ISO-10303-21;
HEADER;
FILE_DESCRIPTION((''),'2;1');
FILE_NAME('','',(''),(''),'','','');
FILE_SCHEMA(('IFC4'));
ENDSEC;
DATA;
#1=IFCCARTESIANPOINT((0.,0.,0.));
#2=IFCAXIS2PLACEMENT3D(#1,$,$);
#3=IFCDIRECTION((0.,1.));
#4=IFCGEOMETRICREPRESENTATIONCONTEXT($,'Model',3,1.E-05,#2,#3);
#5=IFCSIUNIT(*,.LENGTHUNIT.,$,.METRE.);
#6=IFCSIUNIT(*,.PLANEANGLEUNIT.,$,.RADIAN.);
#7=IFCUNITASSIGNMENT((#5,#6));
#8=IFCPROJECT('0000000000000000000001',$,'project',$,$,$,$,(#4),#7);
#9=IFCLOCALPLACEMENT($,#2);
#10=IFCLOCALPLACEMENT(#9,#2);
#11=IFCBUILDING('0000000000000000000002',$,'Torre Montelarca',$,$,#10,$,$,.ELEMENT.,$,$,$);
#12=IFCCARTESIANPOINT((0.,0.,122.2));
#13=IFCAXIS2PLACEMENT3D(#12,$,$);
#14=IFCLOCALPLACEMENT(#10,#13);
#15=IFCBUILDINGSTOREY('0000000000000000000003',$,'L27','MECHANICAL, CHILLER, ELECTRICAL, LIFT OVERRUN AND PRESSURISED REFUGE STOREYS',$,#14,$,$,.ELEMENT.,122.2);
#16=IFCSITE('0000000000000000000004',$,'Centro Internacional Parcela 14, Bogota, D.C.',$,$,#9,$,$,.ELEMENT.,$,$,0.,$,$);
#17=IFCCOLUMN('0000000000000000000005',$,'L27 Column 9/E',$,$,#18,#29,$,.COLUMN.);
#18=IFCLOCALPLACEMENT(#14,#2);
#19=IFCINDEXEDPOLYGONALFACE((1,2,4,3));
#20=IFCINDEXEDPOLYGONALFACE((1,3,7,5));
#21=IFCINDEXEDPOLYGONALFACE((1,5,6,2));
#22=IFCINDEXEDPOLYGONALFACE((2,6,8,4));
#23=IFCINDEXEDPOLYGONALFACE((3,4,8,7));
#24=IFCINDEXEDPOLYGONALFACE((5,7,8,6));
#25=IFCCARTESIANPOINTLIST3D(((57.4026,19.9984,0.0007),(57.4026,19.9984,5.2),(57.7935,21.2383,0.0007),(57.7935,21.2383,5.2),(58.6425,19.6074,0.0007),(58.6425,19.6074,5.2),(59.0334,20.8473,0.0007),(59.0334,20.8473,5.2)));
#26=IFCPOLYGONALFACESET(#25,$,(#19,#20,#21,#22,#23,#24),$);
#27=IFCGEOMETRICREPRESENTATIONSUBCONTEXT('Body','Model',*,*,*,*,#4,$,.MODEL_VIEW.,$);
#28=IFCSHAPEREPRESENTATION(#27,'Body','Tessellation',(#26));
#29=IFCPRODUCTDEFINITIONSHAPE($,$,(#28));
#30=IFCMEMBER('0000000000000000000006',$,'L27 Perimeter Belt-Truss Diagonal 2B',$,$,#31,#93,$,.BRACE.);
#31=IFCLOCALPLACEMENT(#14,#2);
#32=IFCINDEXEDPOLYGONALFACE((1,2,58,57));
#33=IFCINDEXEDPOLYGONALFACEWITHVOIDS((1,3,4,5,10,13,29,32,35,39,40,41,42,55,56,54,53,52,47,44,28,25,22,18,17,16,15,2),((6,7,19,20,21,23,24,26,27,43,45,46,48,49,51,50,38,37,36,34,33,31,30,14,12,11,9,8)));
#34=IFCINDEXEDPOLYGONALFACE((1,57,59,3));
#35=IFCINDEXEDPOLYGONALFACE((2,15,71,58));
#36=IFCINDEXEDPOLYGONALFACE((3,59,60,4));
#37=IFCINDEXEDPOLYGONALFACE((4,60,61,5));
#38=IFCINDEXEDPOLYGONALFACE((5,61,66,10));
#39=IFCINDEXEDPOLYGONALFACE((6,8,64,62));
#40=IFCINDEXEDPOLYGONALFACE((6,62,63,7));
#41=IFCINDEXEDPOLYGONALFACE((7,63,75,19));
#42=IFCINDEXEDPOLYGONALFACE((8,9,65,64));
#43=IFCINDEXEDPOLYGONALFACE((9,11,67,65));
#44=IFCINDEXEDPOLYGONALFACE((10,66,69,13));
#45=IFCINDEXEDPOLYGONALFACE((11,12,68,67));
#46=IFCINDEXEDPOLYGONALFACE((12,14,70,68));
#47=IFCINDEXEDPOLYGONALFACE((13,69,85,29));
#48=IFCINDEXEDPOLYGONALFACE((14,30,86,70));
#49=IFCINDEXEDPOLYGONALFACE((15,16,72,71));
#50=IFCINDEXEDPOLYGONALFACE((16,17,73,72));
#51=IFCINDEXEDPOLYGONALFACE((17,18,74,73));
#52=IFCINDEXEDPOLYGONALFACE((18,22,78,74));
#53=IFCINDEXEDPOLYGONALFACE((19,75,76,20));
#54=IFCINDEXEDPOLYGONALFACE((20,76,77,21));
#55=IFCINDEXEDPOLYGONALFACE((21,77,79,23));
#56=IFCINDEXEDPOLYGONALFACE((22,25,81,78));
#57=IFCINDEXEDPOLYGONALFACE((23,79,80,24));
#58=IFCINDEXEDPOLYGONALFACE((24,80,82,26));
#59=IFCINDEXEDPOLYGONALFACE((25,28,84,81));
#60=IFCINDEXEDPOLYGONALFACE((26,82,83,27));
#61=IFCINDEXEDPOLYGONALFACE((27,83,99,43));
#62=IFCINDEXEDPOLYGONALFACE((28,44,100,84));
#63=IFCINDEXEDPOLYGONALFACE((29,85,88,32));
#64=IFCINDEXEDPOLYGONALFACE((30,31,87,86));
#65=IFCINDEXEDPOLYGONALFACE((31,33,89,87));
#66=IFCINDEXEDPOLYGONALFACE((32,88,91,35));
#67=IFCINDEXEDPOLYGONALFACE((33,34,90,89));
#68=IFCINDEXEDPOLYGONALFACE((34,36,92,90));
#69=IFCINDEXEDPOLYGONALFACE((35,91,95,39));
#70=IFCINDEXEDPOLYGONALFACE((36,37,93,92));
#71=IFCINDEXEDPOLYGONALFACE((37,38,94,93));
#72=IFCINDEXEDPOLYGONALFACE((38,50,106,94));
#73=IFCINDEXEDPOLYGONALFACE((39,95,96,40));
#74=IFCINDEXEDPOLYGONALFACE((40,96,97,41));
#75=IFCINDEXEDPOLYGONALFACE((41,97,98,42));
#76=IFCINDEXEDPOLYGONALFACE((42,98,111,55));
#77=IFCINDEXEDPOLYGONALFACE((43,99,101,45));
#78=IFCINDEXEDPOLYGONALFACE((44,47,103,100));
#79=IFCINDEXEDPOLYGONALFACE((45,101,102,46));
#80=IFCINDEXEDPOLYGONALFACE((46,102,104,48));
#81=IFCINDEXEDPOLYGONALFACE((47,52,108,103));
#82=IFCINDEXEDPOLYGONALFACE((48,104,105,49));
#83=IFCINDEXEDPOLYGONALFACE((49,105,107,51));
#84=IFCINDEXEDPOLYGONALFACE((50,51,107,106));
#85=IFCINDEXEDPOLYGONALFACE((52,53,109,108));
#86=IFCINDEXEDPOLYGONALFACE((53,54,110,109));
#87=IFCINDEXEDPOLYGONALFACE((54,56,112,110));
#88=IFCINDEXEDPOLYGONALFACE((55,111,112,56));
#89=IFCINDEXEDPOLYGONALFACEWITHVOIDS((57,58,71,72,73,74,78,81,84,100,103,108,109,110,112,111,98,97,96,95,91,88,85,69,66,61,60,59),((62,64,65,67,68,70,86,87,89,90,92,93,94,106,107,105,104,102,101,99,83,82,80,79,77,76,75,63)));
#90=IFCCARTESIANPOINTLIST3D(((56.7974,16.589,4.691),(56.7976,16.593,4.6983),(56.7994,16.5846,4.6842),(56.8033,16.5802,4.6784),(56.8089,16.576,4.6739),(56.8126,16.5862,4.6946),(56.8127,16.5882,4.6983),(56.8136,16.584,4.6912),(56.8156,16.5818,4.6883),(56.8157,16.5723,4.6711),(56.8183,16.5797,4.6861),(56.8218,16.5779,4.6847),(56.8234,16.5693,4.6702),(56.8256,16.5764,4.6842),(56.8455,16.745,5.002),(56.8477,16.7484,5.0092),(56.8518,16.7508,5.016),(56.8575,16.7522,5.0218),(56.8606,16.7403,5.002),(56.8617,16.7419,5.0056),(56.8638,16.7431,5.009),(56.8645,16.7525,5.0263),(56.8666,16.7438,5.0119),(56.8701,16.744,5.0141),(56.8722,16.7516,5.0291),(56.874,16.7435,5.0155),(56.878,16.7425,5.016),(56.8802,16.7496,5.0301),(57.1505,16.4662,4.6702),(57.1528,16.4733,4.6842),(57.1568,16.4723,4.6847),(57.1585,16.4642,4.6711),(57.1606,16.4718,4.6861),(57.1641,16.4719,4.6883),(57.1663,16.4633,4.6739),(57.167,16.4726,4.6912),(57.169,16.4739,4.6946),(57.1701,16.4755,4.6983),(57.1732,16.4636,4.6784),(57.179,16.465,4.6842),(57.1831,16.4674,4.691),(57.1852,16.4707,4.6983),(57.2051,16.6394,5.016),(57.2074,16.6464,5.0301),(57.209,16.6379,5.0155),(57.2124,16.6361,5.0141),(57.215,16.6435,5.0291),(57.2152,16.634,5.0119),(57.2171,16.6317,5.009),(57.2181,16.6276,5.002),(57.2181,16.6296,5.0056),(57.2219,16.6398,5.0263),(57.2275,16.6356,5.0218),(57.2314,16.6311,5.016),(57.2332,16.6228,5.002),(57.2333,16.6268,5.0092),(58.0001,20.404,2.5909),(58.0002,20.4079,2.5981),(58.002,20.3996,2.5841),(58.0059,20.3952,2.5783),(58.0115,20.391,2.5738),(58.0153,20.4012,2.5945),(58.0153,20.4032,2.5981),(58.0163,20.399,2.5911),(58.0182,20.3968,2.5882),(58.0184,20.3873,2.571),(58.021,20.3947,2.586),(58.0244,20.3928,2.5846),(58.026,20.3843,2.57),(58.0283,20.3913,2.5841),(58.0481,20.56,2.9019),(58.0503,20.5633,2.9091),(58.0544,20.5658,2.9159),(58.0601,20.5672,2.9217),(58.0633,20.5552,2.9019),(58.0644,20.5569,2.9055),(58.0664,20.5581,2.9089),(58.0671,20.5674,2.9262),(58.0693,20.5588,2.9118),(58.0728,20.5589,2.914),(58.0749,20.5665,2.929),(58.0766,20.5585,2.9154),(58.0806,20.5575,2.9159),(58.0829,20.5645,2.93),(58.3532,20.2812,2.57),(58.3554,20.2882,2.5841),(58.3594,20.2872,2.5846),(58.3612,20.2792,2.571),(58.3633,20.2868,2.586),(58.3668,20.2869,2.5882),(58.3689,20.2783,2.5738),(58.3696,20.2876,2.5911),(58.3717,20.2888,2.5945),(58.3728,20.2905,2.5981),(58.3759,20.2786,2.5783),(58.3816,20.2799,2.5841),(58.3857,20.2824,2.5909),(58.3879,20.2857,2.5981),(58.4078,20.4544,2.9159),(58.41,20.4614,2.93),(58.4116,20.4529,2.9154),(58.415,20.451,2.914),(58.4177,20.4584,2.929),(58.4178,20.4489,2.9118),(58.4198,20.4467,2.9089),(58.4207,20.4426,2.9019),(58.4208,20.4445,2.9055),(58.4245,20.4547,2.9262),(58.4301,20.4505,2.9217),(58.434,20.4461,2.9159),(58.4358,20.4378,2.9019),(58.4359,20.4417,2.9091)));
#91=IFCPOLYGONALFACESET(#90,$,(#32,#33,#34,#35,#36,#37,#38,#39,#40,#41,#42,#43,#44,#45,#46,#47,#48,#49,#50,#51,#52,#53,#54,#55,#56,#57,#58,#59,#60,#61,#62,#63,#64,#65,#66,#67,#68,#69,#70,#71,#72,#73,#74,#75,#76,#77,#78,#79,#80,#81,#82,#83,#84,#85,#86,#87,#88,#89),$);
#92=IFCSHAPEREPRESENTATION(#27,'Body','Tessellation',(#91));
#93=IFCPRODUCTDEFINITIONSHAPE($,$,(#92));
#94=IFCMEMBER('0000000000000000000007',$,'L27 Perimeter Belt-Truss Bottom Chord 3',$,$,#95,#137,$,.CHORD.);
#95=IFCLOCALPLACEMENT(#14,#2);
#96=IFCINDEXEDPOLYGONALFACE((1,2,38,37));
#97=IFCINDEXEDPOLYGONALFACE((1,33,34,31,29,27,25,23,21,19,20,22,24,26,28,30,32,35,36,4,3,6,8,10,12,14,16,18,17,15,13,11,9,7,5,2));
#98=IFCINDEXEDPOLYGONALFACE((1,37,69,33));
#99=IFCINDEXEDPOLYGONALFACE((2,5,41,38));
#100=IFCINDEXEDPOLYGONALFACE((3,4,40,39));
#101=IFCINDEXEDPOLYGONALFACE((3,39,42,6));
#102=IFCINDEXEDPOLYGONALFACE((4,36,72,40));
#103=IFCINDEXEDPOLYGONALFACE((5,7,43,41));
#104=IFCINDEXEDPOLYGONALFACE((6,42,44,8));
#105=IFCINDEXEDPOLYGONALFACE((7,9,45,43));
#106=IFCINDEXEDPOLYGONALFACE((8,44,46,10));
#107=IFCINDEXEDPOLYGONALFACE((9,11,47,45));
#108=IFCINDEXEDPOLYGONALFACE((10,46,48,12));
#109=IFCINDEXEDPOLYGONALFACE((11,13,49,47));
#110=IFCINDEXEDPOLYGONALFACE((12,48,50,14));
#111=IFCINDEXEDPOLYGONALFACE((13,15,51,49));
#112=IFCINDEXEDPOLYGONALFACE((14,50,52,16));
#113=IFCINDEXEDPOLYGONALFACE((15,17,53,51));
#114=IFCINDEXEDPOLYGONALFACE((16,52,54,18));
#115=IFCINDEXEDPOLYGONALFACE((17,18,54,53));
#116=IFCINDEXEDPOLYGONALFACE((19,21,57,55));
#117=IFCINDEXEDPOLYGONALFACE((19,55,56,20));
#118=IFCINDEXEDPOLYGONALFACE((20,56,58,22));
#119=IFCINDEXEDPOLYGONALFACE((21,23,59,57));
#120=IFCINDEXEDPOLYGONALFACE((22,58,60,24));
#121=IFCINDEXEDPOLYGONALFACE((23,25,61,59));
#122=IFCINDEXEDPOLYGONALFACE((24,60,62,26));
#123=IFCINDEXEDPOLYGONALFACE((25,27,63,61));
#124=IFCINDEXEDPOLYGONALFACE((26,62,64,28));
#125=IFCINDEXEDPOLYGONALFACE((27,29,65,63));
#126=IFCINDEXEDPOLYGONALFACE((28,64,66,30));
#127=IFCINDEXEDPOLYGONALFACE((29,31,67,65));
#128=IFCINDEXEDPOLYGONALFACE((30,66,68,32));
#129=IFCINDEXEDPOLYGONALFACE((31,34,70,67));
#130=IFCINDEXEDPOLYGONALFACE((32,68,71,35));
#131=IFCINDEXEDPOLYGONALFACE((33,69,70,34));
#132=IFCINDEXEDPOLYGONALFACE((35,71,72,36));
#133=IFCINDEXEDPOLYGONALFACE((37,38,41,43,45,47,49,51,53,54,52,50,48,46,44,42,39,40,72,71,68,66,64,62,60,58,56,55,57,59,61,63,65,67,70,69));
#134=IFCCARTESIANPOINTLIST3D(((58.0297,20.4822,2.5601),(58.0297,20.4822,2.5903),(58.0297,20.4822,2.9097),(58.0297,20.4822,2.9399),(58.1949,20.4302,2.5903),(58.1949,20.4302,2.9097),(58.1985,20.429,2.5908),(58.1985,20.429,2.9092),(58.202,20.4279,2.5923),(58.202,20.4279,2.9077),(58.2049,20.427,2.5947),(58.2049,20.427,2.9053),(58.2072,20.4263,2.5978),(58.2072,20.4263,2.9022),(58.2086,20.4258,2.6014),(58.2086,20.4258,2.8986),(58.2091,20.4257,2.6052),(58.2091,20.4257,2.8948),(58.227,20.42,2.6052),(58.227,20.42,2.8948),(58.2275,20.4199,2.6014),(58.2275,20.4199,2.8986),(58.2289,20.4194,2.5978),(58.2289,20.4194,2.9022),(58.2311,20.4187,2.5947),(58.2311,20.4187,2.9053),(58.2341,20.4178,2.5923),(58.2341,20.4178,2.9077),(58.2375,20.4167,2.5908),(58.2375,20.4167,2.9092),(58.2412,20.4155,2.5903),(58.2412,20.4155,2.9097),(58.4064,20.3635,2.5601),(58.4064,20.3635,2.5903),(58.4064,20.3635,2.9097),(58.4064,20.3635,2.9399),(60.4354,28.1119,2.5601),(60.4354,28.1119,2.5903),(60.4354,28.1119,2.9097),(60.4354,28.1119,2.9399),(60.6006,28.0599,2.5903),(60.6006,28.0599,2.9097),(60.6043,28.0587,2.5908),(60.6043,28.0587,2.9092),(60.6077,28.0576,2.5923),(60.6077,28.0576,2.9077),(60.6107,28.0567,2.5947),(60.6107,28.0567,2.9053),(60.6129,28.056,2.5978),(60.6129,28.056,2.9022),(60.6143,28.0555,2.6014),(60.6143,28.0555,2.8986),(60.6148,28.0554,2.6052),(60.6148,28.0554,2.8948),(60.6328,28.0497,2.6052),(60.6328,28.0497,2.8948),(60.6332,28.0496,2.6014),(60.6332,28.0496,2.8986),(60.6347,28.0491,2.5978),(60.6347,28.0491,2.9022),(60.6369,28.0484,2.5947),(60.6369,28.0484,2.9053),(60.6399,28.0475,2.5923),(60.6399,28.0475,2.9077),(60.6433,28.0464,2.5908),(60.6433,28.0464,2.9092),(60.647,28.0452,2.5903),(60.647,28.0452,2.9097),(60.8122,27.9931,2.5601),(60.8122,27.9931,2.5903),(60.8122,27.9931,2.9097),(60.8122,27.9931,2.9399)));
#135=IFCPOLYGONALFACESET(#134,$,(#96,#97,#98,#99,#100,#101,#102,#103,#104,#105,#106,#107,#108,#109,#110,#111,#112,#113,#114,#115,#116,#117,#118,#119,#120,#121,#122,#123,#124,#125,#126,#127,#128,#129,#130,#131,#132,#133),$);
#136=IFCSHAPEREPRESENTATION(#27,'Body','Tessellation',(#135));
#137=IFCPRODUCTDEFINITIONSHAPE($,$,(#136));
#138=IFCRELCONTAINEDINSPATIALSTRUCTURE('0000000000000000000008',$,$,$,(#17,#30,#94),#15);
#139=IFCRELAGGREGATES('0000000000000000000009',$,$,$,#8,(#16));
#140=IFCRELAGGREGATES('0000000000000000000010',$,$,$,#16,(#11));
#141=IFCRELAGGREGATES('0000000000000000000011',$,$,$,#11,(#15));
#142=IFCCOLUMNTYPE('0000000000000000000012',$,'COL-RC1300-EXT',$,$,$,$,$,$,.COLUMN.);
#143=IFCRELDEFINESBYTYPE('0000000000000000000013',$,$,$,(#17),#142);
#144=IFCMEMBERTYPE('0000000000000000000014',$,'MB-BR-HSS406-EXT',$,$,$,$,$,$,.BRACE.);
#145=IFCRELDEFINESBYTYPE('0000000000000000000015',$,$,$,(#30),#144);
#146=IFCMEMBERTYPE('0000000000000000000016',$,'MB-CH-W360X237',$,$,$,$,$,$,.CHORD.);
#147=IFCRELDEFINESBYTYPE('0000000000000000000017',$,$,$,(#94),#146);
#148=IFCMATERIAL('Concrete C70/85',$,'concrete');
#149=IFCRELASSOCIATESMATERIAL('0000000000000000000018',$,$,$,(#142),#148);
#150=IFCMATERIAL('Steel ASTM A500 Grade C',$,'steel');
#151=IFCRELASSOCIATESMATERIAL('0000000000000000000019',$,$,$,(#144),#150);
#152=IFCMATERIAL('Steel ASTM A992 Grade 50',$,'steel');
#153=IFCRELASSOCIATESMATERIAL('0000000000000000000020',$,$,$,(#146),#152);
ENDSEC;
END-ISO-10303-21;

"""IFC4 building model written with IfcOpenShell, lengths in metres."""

from ifc_helpers import new_model, si_unit, direction, frame, origin, origin_2d, place, context, subcontext, project, spatial, rectangle, hollow_rectangle, i_section, extrude, source, transform, mapped, material, material_profile, profile_set, type_object, element, save


model = new_model("IFC4")

# Units and contexts
model_context = context("Model", 3, precision=1e-05, world=origin(), true_north=direction((0.0, 1.0)))
body_context = subcontext(model_context, "Body", "Model", "MODEL_VIEW")
ifc_project = project(units=[si_unit("LENGTHUNIT", "METRE"), si_unit("PLANEANGLEUNIT", "RADIAN")], contexts=[model_context])

# Site, building, storey
site_placement = place(None, origin())
site = spatial("IfcSite", under=ifc_project, at=site_placement, Name="Centro Internacional Parcela 14, Bogota, D.C.", CompositionType="ELEMENT", RefElevation=0.0)
building_placement = place(site_placement, origin())
building = spatial("IfcBuilding", under=site, at=building_placement, Name="Torre Montelarca", CompositionType="ELEMENT")
storey_placement = place(building_placement, frame((0.0, 0.0, 122.2)))
storey = spatial("IfcBuildingStorey", under=building, at=storey_placement, Name="L27", Description="MECHANICAL, CHILLER, ELECTRICAL, LIFT OVERRUN AND PRESSURISED REFUGE STOREYS", CompositionType="ELEMENT", Elevation=122.2)

# Column
ifc_material_1 = material(Name="Concrete C70/85", Category="concrete")
ifc_material_profile_1 = material_profile(ifc_material_1, rectangle(XDim=1.3, YDim=1.3, at=origin_2d()), Name="RC1300X1300", Category="concrete")
ifc_profile_set_1 = profile_set([ifc_material_profile_1], Name="Concrete C70/85")
column_type = type_object("IfcColumnType", Name="COL-RC1300-EXT", PredefinedType="COLUMN", material=ifc_profile_set_1)
shared_shape_1 = source(origin(), body_context, "Body", "SweptSolid", [
    extrude(rectangle(XDim=1.3, YDim=1.3, at=origin_2d()), origin(), (0.0, 0.0, 1.0), 5.1992),
])
column_placement = place(storey_placement, frame((58.218, 20.4229, 0.0007), z_axis=(0.0, 0.0, 1.0), x_axis=(-0.953717, 0.300706, 0.0)))
element("IfcColumn", 1, at=column_placement, inside=storey, type_object=column_type, Name="L27 Column 9/E", PredefinedType="COLUMN", context=body_context, shape_type="MappedRepresentation", body=[
    mapped(shared_shape_1, transform((0.0, 0.0, 0.0), scale=1.0)),
])

# Members
ifc_material_2 = material(Name="Steel ASTM A500 Grade C", Category="steel")
ifc_material_profile_2 = material_profile(ifc_material_2, hollow_rectangle(XDim=0.4065, YDim=0.4065, WallThickness=0.0159, InnerFilletRadius=0.0159, OuterFilletRadius=0.0317, at=origin_2d()), Name="HSS406X406X15.9", Category="steel")
ifc_profile_set_2 = profile_set([ifc_material_profile_2], Name="Steel ASTM A500 Grade C")
member_type_1 = type_object("IfcMemberType", Name="MB-BR-HSS406-EXT", PredefinedType="BRACE", material=ifc_profile_set_2)
shared_shape_2 = source(origin(), body_context, "Body", "SweptSolid", [
    extrude(hollow_rectangle(XDim=0.4065, YDim=0.4065, WallThickness=0.0159, InnerFilletRadius=0.0159, OuterFilletRadius=0.0317, at=origin_2d()), origin(), (0.0, 0.0, 1.0), 4.5178),
])
member_1_placement = place(storey_placement, frame((58.218, 20.4229, 2.75), z_axis=(-0.2662, -0.844424, 0.46485), x_axis=(0.953732, -0.300658, 0.0)))
element("IfcMember", 2, at=member_1_placement, inside=storey, type_object=member_type_1, Name="L27 Perimeter Belt-Truss Diagonal 2B", PredefinedType="BRACE", context=body_context, shape_type="MappedRepresentation", body=[
    mapped(shared_shape_2, transform((0.0, 0.0, 0.0), scale=1.0)),
])
ifc_material_3 = material(Name="Steel ASTM A992 Grade 50", Category="steel")
ifc_material_profile_3 = material_profile(ifc_material_3, i_section(OverallWidth=0.395, OverallDepth=0.3799, WebThickness=0.0188, FlangeThickness=0.0303, FilletRadius=0.0149, at=origin_2d()), Name="W360X237", Category="steel")
ifc_profile_set_3 = profile_set([ifc_material_profile_3], Name="Steel ASTM A992 Grade 50")
member_type_2 = type_object("IfcMemberType", Name="MB-CH-W360X237", PredefinedType="CHORD", material=ifc_profile_set_3)
shared_shape_3 = source(origin(), body_context, "Body", "SweptSolid", [
    extrude(i_section(OverallWidth=0.395, OverallDepth=0.3799, WebThickness=0.0188, FlangeThickness=0.0303, FilletRadius=0.0149, at=origin_2d()), origin(), (0.0, 0.0, 1.0), 8.0),
])
member_2_placement = place(storey_placement, frame((58.218, 20.4229, 2.75), z_axis=(0.300722, 0.953712, 0.0), x_axis=(-0.953712, 0.300722, 0.0)))
element("IfcMember", 3, at=member_2_placement, inside=storey, type_object=member_type_2, Name="L27 Perimeter Belt-Truss Bottom Chord 3", PredefinedType="CHORD", context=body_context, shape_type="MappedRepresentation", body=[
    mapped(shared_shape_3, transform((0.0, 0.0, 0.0), scale=1.0)),
])

save(model, "model.ifc")
